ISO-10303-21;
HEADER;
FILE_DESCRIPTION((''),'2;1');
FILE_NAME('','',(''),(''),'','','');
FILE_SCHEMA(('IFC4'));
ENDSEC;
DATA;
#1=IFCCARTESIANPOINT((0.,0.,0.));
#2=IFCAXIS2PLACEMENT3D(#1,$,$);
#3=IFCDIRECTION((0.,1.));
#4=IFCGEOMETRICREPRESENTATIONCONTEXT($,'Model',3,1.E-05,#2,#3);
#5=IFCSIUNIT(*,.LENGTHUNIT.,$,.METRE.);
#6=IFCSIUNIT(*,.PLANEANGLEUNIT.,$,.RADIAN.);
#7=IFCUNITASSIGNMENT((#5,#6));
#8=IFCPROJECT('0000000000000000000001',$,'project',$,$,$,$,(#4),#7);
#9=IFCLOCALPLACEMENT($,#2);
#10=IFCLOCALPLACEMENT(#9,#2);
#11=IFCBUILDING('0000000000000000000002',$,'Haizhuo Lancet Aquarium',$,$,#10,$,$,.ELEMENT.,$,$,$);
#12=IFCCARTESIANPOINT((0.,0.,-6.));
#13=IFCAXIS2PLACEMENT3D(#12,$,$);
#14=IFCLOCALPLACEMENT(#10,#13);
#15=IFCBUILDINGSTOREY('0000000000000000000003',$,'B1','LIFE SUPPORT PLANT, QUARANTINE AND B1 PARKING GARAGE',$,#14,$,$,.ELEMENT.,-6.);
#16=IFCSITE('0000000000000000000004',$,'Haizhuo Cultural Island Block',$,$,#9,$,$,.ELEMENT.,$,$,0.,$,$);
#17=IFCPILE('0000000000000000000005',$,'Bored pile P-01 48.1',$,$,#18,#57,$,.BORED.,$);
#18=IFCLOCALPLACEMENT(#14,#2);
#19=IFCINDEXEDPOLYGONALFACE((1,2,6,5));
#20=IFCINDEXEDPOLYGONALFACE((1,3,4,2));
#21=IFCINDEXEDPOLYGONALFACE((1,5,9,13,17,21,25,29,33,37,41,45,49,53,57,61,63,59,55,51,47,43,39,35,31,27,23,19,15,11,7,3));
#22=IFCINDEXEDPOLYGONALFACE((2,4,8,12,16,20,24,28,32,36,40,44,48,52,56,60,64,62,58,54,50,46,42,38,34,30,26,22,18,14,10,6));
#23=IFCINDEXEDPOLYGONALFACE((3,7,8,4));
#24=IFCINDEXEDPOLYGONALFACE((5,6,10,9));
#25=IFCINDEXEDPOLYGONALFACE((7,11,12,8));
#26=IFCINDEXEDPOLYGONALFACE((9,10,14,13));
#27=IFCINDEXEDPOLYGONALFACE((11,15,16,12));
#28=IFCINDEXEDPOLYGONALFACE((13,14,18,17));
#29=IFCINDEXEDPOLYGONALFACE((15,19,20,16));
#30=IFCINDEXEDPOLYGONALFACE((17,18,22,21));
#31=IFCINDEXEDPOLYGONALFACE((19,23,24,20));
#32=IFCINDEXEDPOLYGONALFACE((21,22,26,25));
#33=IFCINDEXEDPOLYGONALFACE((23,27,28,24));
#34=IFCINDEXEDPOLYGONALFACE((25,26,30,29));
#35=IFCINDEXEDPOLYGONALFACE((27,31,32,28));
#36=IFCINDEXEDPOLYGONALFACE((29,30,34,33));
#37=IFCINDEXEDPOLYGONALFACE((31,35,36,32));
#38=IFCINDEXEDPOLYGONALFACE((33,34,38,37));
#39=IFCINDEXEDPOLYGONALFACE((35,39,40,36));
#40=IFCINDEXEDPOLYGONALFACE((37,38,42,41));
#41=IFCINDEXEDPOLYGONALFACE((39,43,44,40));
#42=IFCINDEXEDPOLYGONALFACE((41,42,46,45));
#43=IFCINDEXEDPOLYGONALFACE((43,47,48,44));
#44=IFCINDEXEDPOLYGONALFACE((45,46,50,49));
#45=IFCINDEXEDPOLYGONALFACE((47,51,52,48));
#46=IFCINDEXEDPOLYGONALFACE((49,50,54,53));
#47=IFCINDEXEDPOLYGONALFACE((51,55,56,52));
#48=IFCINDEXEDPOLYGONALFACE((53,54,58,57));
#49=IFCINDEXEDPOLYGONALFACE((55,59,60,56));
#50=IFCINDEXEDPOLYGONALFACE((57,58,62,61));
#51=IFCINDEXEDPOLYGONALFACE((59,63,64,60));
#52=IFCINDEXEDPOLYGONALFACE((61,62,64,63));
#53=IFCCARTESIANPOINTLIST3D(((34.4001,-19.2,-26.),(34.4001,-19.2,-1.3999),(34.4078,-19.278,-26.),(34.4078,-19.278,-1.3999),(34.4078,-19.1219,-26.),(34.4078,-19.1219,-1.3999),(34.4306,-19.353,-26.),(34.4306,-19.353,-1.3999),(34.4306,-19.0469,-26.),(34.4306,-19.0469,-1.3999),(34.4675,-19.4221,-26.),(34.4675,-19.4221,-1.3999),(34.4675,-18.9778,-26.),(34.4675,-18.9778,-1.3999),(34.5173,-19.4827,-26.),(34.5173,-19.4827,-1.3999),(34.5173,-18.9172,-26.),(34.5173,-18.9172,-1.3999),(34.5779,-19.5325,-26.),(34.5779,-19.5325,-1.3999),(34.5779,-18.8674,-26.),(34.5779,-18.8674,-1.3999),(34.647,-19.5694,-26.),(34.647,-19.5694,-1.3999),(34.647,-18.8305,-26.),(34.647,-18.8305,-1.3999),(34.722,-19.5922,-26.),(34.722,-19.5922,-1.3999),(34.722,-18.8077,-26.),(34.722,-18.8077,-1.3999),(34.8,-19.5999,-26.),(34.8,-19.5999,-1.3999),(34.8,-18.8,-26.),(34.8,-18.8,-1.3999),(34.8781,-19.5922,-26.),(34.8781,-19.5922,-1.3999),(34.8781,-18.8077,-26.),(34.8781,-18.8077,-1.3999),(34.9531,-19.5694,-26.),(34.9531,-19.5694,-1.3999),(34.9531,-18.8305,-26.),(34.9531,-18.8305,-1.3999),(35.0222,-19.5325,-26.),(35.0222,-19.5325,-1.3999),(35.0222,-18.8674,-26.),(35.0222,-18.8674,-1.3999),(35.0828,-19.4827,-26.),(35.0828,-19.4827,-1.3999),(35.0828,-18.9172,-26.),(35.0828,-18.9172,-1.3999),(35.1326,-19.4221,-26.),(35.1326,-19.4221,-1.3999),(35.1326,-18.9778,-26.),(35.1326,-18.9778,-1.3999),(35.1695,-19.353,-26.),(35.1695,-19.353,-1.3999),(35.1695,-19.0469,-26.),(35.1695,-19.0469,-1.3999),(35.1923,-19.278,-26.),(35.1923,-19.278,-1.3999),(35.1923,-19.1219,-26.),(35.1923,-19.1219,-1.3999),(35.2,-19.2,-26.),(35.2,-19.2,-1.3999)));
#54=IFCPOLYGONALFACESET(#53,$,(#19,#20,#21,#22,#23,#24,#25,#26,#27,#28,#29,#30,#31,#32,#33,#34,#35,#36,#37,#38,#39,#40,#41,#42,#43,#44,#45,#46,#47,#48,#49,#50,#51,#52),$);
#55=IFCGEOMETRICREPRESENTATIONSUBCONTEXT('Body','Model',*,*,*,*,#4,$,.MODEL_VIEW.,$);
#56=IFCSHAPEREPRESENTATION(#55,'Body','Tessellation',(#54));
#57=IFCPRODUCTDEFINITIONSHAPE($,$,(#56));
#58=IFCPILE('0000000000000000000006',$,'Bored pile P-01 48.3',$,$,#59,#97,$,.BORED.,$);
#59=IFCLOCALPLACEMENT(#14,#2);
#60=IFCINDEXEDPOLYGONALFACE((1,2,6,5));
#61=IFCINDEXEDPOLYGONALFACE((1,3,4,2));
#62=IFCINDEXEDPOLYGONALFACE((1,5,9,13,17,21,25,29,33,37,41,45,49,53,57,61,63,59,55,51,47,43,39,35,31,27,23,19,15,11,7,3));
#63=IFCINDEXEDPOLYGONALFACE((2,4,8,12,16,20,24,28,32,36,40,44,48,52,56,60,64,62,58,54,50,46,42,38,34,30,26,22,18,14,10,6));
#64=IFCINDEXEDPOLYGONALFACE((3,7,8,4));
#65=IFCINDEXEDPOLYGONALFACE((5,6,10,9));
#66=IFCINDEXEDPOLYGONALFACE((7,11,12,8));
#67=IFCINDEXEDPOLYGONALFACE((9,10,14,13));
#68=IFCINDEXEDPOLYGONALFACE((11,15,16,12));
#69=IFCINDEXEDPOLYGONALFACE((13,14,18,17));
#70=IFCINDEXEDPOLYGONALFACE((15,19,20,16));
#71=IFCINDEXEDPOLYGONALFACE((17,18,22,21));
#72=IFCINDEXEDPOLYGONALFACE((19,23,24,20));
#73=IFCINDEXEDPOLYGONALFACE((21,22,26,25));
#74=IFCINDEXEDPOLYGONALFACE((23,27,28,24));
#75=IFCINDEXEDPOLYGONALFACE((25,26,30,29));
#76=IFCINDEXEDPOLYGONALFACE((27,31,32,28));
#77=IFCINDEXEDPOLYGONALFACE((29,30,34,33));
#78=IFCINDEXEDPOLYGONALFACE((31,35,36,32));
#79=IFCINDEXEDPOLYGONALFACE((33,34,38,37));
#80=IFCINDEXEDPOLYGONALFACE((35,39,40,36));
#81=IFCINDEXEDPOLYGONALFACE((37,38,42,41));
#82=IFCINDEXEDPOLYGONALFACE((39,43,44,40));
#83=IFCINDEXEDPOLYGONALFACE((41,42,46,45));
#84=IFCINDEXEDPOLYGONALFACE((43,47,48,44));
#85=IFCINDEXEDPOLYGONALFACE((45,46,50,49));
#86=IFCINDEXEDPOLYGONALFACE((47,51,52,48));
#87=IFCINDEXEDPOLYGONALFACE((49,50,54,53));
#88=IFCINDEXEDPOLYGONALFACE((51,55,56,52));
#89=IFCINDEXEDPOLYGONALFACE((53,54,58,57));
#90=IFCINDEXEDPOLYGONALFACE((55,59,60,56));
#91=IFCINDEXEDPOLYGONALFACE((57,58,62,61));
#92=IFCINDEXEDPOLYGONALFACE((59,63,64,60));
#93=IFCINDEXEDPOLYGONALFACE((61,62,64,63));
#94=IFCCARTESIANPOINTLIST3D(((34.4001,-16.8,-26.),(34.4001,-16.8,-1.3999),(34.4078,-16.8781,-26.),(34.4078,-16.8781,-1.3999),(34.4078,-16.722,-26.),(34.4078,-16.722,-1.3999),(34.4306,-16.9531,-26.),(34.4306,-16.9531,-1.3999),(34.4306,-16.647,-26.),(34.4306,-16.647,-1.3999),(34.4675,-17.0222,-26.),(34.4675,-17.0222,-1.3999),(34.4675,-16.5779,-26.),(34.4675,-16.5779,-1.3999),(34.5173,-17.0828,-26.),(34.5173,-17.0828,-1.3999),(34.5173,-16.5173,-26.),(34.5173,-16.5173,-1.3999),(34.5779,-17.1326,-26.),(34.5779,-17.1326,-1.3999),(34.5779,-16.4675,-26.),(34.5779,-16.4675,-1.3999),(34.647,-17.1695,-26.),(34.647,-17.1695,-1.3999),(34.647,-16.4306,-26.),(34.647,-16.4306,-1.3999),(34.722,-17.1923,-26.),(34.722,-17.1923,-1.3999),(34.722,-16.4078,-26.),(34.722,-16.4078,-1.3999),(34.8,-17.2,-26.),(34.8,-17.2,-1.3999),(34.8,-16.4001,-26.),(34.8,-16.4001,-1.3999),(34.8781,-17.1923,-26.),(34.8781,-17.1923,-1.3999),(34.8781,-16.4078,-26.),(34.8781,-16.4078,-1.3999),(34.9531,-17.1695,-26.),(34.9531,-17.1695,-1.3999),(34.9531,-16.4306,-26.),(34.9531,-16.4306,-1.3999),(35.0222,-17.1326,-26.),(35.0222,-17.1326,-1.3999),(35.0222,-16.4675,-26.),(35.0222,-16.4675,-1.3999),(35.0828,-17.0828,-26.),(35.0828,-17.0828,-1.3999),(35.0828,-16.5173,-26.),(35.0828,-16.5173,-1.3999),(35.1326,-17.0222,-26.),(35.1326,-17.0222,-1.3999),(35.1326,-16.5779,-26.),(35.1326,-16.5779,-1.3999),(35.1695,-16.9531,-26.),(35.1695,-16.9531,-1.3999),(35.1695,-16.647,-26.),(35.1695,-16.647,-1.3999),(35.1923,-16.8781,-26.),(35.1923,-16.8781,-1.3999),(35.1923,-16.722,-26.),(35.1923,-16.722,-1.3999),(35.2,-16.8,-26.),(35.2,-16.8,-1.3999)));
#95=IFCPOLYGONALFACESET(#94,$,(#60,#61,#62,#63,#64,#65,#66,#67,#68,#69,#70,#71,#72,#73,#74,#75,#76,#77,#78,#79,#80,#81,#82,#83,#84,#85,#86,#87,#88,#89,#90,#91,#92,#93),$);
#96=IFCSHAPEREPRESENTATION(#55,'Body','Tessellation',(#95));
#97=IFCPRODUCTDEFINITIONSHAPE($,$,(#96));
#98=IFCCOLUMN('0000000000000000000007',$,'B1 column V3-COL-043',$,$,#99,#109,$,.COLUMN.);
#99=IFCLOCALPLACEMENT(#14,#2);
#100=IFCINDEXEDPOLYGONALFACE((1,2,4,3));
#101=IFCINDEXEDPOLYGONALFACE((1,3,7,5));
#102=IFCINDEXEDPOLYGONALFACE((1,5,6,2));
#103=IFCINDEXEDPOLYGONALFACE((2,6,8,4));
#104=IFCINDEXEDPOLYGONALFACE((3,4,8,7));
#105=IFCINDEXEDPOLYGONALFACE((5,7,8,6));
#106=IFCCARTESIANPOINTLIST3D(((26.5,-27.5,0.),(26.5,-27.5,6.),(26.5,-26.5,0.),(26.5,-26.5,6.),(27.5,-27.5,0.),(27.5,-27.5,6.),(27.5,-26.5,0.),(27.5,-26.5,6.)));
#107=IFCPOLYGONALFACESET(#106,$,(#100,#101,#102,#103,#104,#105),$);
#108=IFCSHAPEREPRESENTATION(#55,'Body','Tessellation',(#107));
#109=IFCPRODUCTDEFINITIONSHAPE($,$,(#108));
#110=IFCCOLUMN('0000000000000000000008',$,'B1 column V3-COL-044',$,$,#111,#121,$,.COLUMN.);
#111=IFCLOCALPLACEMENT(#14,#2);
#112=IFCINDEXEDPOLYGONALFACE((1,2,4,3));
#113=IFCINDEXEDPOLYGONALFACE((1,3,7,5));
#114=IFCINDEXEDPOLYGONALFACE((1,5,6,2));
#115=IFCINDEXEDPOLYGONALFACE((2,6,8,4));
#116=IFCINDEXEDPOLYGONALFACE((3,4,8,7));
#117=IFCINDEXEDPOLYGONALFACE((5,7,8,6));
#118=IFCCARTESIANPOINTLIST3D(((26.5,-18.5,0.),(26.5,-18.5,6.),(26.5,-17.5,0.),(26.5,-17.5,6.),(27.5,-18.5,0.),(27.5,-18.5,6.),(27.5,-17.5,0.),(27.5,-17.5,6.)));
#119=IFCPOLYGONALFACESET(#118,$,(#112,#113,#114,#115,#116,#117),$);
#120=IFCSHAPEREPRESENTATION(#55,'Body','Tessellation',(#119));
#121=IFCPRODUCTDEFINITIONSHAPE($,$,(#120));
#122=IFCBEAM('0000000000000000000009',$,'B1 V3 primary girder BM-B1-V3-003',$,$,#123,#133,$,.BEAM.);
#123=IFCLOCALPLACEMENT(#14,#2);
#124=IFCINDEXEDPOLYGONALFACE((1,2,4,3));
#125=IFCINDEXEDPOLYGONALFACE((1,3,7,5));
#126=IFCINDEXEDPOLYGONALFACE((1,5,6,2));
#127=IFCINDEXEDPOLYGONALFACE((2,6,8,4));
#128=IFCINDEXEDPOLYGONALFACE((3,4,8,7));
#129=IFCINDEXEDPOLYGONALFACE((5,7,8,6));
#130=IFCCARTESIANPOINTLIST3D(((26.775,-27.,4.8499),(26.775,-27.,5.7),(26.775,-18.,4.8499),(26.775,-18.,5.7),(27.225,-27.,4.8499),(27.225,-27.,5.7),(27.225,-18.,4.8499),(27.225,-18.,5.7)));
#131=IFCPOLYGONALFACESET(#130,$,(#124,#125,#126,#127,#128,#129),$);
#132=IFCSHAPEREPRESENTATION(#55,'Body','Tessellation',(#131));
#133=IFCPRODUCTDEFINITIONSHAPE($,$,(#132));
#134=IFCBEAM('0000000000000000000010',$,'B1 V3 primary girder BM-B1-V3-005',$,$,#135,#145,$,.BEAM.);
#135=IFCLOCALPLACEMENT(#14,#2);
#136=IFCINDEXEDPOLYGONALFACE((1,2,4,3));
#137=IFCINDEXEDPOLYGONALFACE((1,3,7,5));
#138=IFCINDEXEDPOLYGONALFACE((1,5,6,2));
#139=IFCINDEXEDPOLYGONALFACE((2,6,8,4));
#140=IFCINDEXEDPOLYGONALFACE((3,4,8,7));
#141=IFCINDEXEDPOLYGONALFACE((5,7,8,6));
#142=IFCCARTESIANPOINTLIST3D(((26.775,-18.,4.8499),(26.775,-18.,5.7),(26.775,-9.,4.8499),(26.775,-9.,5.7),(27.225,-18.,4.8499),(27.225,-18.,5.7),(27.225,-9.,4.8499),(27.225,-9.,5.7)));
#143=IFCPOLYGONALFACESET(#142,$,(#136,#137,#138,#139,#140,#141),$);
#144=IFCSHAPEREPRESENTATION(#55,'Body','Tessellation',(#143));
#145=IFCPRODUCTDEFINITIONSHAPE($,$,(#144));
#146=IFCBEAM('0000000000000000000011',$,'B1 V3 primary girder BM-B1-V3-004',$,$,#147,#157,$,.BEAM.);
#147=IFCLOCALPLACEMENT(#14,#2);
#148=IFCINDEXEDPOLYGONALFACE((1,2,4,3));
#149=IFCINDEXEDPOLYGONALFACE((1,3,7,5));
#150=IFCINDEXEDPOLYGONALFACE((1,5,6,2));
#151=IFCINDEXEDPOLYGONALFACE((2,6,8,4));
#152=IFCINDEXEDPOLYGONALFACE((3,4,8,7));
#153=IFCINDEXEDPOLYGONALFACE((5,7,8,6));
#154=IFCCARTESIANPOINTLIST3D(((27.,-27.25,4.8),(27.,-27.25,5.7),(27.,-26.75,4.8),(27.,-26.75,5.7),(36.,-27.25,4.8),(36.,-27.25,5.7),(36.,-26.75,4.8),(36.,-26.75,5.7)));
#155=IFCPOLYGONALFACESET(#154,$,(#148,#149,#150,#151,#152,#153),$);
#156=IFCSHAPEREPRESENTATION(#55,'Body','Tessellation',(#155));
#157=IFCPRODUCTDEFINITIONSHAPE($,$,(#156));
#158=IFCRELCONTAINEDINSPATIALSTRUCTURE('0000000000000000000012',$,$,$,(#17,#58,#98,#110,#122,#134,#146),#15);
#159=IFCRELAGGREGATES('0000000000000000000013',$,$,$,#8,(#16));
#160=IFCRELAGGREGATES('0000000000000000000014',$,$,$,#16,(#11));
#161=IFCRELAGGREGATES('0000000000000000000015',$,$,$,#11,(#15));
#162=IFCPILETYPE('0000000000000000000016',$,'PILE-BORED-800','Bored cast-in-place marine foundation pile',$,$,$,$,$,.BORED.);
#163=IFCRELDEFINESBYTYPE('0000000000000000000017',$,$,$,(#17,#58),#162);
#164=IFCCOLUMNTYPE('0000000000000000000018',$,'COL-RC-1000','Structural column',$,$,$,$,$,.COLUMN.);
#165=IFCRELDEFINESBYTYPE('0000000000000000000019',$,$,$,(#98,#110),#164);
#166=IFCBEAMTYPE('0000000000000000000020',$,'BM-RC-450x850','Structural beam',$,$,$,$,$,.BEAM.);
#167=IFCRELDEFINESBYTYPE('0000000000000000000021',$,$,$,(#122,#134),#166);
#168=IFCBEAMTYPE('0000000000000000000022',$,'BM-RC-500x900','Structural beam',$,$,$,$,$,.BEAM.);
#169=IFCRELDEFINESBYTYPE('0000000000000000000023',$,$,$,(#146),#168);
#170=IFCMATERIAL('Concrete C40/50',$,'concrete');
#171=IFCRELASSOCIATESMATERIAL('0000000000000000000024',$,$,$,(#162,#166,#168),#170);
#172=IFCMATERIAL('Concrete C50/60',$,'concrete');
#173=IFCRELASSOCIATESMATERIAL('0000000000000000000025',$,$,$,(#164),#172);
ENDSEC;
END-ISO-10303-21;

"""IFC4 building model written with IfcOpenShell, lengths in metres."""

from ifc_helpers import new_model, si_unit, direction, frame, origin, origin_2d, place, context, subcontext, project, spatial, rectangle, circle, extrude, material, material_profile, profile_set, type_object, element, save


model = new_model("IFC4")

# Units and contexts
model_context = context("Model", 3, precision=1e-05, world=origin(), true_north=direction((0.0, 1.0)))
body_context = subcontext(model_context, "Body", "Model", "MODEL_VIEW")
ifc_project = project(units=[si_unit("LENGTHUNIT", "METRE"), si_unit("PLANEANGLEUNIT", "RADIAN")], contexts=[model_context])

# Site, building, storey
site_placement = place(None, origin())
site = spatial("IfcSite", under=ifc_project, at=site_placement, Name="Haizhuo Cultural Island Block", CompositionType="ELEMENT", RefElevation=0.0)
building_placement = place(site_placement, origin())
building = spatial("IfcBuilding", under=site, at=building_placement, Name="Haizhuo Lancet Aquarium", CompositionType="ELEMENT")
storey_placement = place(building_placement, frame((0.0, 0.0, -6.0)))
storey = spatial("IfcBuildingStorey", under=building, at=storey_placement, Name="B1", Description="LIFE SUPPORT PLANT, QUARANTINE AND B1 PARKING GARAGE", CompositionType="ELEMENT", Elevation=-6.0)

# Shared definitions
ifc_material_1 = material(Name="Concrete C40/50", Category="concrete")

# Piles
ifc_material_profile_1 = material_profile(ifc_material_1, circle(Radius=0.3999, at=origin_2d()), Name="PILE-800")
ifc_profile_set_1 = profile_set([ifc_material_profile_1], Name="Concrete C40/50")
pile_type = type_object("IfcPileType", Name="PILE-BORED-800", Description="Bored cast-in-place marine foundation pile", PredefinedType="BORED", material=ifc_profile_set_1)
for number, where, z_axis, x_axis, name in (
    (1, (34.8, -19.2, -1.3999), (0.0, 0.0, -1.0), (1.0, 0.0, 0.0), "Bored pile P-01 48.1"),
    (2, (34.8, -16.8, -1.3999), (0.0, 0.0, -1.0), (1.0, 0.0, 0.0), "Bored pile P-01 48.3"),
):
    element("IfcPile", number, at=place(storey_placement, frame(where, z_axis=z_axis, x_axis=x_axis)), inside=storey, type_object=pile_type, Name=name, PredefinedType="BORED", context=body_context, shape_type="SweptSolid", body=[
        extrude(circle(Radius=0.3999, at=origin_2d()), origin(), (0.0, 0.0, 1.0), 24.6001),
    ])

# Columns
ifc_material_2 = material(Name="Concrete C50/60", Category="concrete")
ifc_material_profile_2 = material_profile(ifc_material_2, rectangle(XDim=1.0, YDim=1.0, at=origin_2d()), Name="RC-COL 1000x1000")
ifc_profile_set_2 = profile_set([ifc_material_profile_2], Name="Concrete C50/60")
column_type = type_object("IfcColumnType", Name="COL-RC-1000", Description="Structural column", PredefinedType="COLUMN", material=ifc_profile_set_2)
for number, where, z_axis, x_axis, name in (
    (3, (27.0, -27.0, 0.0), (0.0, 0.0, 1.0), (1.0, 0.0, 0.0), "B1 column V3-COL-043"),
    (4, (27.0, -18.0, 0.0), (0.0, 0.0, 1.0), (1.0, 0.0, 0.0), "B1 column V3-COL-044"),
):
    element("IfcColumn", number, at=place(storey_placement, frame(where, z_axis=z_axis, x_axis=x_axis)), inside=storey, type_object=column_type, Name=name, PredefinedType="COLUMN", context=body_context, shape_type="SweptSolid", body=[
        extrude(rectangle(XDim=1.0, YDim=1.0, at=origin_2d()), origin(), (0.0, 0.0, 1.0), 6.0),
    ])

# Beams
ifc_material_profile_3 = material_profile(ifc_material_1, rectangle(XDim=0.45, YDim=0.8501, at=origin_2d()), Name="RC-BM 450x850")
ifc_profile_set_3 = profile_set([ifc_material_profile_3], Name="Concrete C40/50")
beam_type_1 = type_object("IfcBeamType", Name="BM-RC-450x850", Description="Structural beam", PredefinedType="BEAM", material=ifc_profile_set_3)
for number, where, z_axis, x_axis, name in (
    (5, (27.0, -27.0, 5.2749), (0.0, 1.0, 0.0), (-1.0, 0.0, 0.0), "B1 V3 primary girder BM-B1-V3-003"),
    (6, (27.0, -18.0, 5.2749), (0.0, 1.0, 0.0), (-1.0, 0.0, 0.0), "B1 V3 primary girder BM-B1-V3-005"),
):
    element("IfcBeam", number, at=place(storey_placement, frame(where, z_axis=z_axis, x_axis=x_axis)), inside=storey, type_object=beam_type_1, Name=name, PredefinedType="BEAM", context=body_context, shape_type="SweptSolid", body=[
        extrude(rectangle(XDim=0.45, YDim=0.8501, at=origin_2d()), origin(), (0.0, 0.0, 1.0), 9.0),
    ])
ifc_material_profile_4 = material_profile(ifc_material_1, rectangle(XDim=0.5, YDim=0.8999, at=origin_2d()), Name="RC-BM 500x900")
ifc_profile_set_4 = profile_set([ifc_material_profile_4], Name="Concrete C40/50")
beam_type_2 = type_object("IfcBeamType", Name="BM-RC-500x900", Description="Structural beam", PredefinedType="BEAM", material=ifc_profile_set_4)
beam_1_placement = place(storey_placement, frame((27.0, -27.0, 5.25), z_axis=(1.0, 0.0, 0.0), x_axis=(0.0, 1.0, 0.0)))
element("IfcBeam", 7, at=beam_1_placement, inside=storey, type_object=beam_type_2, Name="B1 V3 primary girder BM-B1-V3-004", PredefinedType="BEAM", context=body_context, shape_type="SweptSolid", body=[
    extrude(rectangle(XDim=0.5, YDim=0.8999, at=origin_2d()), origin(), (0.0, 0.0, 1.0), 9.0),
])

save(model, "model.ifc")
